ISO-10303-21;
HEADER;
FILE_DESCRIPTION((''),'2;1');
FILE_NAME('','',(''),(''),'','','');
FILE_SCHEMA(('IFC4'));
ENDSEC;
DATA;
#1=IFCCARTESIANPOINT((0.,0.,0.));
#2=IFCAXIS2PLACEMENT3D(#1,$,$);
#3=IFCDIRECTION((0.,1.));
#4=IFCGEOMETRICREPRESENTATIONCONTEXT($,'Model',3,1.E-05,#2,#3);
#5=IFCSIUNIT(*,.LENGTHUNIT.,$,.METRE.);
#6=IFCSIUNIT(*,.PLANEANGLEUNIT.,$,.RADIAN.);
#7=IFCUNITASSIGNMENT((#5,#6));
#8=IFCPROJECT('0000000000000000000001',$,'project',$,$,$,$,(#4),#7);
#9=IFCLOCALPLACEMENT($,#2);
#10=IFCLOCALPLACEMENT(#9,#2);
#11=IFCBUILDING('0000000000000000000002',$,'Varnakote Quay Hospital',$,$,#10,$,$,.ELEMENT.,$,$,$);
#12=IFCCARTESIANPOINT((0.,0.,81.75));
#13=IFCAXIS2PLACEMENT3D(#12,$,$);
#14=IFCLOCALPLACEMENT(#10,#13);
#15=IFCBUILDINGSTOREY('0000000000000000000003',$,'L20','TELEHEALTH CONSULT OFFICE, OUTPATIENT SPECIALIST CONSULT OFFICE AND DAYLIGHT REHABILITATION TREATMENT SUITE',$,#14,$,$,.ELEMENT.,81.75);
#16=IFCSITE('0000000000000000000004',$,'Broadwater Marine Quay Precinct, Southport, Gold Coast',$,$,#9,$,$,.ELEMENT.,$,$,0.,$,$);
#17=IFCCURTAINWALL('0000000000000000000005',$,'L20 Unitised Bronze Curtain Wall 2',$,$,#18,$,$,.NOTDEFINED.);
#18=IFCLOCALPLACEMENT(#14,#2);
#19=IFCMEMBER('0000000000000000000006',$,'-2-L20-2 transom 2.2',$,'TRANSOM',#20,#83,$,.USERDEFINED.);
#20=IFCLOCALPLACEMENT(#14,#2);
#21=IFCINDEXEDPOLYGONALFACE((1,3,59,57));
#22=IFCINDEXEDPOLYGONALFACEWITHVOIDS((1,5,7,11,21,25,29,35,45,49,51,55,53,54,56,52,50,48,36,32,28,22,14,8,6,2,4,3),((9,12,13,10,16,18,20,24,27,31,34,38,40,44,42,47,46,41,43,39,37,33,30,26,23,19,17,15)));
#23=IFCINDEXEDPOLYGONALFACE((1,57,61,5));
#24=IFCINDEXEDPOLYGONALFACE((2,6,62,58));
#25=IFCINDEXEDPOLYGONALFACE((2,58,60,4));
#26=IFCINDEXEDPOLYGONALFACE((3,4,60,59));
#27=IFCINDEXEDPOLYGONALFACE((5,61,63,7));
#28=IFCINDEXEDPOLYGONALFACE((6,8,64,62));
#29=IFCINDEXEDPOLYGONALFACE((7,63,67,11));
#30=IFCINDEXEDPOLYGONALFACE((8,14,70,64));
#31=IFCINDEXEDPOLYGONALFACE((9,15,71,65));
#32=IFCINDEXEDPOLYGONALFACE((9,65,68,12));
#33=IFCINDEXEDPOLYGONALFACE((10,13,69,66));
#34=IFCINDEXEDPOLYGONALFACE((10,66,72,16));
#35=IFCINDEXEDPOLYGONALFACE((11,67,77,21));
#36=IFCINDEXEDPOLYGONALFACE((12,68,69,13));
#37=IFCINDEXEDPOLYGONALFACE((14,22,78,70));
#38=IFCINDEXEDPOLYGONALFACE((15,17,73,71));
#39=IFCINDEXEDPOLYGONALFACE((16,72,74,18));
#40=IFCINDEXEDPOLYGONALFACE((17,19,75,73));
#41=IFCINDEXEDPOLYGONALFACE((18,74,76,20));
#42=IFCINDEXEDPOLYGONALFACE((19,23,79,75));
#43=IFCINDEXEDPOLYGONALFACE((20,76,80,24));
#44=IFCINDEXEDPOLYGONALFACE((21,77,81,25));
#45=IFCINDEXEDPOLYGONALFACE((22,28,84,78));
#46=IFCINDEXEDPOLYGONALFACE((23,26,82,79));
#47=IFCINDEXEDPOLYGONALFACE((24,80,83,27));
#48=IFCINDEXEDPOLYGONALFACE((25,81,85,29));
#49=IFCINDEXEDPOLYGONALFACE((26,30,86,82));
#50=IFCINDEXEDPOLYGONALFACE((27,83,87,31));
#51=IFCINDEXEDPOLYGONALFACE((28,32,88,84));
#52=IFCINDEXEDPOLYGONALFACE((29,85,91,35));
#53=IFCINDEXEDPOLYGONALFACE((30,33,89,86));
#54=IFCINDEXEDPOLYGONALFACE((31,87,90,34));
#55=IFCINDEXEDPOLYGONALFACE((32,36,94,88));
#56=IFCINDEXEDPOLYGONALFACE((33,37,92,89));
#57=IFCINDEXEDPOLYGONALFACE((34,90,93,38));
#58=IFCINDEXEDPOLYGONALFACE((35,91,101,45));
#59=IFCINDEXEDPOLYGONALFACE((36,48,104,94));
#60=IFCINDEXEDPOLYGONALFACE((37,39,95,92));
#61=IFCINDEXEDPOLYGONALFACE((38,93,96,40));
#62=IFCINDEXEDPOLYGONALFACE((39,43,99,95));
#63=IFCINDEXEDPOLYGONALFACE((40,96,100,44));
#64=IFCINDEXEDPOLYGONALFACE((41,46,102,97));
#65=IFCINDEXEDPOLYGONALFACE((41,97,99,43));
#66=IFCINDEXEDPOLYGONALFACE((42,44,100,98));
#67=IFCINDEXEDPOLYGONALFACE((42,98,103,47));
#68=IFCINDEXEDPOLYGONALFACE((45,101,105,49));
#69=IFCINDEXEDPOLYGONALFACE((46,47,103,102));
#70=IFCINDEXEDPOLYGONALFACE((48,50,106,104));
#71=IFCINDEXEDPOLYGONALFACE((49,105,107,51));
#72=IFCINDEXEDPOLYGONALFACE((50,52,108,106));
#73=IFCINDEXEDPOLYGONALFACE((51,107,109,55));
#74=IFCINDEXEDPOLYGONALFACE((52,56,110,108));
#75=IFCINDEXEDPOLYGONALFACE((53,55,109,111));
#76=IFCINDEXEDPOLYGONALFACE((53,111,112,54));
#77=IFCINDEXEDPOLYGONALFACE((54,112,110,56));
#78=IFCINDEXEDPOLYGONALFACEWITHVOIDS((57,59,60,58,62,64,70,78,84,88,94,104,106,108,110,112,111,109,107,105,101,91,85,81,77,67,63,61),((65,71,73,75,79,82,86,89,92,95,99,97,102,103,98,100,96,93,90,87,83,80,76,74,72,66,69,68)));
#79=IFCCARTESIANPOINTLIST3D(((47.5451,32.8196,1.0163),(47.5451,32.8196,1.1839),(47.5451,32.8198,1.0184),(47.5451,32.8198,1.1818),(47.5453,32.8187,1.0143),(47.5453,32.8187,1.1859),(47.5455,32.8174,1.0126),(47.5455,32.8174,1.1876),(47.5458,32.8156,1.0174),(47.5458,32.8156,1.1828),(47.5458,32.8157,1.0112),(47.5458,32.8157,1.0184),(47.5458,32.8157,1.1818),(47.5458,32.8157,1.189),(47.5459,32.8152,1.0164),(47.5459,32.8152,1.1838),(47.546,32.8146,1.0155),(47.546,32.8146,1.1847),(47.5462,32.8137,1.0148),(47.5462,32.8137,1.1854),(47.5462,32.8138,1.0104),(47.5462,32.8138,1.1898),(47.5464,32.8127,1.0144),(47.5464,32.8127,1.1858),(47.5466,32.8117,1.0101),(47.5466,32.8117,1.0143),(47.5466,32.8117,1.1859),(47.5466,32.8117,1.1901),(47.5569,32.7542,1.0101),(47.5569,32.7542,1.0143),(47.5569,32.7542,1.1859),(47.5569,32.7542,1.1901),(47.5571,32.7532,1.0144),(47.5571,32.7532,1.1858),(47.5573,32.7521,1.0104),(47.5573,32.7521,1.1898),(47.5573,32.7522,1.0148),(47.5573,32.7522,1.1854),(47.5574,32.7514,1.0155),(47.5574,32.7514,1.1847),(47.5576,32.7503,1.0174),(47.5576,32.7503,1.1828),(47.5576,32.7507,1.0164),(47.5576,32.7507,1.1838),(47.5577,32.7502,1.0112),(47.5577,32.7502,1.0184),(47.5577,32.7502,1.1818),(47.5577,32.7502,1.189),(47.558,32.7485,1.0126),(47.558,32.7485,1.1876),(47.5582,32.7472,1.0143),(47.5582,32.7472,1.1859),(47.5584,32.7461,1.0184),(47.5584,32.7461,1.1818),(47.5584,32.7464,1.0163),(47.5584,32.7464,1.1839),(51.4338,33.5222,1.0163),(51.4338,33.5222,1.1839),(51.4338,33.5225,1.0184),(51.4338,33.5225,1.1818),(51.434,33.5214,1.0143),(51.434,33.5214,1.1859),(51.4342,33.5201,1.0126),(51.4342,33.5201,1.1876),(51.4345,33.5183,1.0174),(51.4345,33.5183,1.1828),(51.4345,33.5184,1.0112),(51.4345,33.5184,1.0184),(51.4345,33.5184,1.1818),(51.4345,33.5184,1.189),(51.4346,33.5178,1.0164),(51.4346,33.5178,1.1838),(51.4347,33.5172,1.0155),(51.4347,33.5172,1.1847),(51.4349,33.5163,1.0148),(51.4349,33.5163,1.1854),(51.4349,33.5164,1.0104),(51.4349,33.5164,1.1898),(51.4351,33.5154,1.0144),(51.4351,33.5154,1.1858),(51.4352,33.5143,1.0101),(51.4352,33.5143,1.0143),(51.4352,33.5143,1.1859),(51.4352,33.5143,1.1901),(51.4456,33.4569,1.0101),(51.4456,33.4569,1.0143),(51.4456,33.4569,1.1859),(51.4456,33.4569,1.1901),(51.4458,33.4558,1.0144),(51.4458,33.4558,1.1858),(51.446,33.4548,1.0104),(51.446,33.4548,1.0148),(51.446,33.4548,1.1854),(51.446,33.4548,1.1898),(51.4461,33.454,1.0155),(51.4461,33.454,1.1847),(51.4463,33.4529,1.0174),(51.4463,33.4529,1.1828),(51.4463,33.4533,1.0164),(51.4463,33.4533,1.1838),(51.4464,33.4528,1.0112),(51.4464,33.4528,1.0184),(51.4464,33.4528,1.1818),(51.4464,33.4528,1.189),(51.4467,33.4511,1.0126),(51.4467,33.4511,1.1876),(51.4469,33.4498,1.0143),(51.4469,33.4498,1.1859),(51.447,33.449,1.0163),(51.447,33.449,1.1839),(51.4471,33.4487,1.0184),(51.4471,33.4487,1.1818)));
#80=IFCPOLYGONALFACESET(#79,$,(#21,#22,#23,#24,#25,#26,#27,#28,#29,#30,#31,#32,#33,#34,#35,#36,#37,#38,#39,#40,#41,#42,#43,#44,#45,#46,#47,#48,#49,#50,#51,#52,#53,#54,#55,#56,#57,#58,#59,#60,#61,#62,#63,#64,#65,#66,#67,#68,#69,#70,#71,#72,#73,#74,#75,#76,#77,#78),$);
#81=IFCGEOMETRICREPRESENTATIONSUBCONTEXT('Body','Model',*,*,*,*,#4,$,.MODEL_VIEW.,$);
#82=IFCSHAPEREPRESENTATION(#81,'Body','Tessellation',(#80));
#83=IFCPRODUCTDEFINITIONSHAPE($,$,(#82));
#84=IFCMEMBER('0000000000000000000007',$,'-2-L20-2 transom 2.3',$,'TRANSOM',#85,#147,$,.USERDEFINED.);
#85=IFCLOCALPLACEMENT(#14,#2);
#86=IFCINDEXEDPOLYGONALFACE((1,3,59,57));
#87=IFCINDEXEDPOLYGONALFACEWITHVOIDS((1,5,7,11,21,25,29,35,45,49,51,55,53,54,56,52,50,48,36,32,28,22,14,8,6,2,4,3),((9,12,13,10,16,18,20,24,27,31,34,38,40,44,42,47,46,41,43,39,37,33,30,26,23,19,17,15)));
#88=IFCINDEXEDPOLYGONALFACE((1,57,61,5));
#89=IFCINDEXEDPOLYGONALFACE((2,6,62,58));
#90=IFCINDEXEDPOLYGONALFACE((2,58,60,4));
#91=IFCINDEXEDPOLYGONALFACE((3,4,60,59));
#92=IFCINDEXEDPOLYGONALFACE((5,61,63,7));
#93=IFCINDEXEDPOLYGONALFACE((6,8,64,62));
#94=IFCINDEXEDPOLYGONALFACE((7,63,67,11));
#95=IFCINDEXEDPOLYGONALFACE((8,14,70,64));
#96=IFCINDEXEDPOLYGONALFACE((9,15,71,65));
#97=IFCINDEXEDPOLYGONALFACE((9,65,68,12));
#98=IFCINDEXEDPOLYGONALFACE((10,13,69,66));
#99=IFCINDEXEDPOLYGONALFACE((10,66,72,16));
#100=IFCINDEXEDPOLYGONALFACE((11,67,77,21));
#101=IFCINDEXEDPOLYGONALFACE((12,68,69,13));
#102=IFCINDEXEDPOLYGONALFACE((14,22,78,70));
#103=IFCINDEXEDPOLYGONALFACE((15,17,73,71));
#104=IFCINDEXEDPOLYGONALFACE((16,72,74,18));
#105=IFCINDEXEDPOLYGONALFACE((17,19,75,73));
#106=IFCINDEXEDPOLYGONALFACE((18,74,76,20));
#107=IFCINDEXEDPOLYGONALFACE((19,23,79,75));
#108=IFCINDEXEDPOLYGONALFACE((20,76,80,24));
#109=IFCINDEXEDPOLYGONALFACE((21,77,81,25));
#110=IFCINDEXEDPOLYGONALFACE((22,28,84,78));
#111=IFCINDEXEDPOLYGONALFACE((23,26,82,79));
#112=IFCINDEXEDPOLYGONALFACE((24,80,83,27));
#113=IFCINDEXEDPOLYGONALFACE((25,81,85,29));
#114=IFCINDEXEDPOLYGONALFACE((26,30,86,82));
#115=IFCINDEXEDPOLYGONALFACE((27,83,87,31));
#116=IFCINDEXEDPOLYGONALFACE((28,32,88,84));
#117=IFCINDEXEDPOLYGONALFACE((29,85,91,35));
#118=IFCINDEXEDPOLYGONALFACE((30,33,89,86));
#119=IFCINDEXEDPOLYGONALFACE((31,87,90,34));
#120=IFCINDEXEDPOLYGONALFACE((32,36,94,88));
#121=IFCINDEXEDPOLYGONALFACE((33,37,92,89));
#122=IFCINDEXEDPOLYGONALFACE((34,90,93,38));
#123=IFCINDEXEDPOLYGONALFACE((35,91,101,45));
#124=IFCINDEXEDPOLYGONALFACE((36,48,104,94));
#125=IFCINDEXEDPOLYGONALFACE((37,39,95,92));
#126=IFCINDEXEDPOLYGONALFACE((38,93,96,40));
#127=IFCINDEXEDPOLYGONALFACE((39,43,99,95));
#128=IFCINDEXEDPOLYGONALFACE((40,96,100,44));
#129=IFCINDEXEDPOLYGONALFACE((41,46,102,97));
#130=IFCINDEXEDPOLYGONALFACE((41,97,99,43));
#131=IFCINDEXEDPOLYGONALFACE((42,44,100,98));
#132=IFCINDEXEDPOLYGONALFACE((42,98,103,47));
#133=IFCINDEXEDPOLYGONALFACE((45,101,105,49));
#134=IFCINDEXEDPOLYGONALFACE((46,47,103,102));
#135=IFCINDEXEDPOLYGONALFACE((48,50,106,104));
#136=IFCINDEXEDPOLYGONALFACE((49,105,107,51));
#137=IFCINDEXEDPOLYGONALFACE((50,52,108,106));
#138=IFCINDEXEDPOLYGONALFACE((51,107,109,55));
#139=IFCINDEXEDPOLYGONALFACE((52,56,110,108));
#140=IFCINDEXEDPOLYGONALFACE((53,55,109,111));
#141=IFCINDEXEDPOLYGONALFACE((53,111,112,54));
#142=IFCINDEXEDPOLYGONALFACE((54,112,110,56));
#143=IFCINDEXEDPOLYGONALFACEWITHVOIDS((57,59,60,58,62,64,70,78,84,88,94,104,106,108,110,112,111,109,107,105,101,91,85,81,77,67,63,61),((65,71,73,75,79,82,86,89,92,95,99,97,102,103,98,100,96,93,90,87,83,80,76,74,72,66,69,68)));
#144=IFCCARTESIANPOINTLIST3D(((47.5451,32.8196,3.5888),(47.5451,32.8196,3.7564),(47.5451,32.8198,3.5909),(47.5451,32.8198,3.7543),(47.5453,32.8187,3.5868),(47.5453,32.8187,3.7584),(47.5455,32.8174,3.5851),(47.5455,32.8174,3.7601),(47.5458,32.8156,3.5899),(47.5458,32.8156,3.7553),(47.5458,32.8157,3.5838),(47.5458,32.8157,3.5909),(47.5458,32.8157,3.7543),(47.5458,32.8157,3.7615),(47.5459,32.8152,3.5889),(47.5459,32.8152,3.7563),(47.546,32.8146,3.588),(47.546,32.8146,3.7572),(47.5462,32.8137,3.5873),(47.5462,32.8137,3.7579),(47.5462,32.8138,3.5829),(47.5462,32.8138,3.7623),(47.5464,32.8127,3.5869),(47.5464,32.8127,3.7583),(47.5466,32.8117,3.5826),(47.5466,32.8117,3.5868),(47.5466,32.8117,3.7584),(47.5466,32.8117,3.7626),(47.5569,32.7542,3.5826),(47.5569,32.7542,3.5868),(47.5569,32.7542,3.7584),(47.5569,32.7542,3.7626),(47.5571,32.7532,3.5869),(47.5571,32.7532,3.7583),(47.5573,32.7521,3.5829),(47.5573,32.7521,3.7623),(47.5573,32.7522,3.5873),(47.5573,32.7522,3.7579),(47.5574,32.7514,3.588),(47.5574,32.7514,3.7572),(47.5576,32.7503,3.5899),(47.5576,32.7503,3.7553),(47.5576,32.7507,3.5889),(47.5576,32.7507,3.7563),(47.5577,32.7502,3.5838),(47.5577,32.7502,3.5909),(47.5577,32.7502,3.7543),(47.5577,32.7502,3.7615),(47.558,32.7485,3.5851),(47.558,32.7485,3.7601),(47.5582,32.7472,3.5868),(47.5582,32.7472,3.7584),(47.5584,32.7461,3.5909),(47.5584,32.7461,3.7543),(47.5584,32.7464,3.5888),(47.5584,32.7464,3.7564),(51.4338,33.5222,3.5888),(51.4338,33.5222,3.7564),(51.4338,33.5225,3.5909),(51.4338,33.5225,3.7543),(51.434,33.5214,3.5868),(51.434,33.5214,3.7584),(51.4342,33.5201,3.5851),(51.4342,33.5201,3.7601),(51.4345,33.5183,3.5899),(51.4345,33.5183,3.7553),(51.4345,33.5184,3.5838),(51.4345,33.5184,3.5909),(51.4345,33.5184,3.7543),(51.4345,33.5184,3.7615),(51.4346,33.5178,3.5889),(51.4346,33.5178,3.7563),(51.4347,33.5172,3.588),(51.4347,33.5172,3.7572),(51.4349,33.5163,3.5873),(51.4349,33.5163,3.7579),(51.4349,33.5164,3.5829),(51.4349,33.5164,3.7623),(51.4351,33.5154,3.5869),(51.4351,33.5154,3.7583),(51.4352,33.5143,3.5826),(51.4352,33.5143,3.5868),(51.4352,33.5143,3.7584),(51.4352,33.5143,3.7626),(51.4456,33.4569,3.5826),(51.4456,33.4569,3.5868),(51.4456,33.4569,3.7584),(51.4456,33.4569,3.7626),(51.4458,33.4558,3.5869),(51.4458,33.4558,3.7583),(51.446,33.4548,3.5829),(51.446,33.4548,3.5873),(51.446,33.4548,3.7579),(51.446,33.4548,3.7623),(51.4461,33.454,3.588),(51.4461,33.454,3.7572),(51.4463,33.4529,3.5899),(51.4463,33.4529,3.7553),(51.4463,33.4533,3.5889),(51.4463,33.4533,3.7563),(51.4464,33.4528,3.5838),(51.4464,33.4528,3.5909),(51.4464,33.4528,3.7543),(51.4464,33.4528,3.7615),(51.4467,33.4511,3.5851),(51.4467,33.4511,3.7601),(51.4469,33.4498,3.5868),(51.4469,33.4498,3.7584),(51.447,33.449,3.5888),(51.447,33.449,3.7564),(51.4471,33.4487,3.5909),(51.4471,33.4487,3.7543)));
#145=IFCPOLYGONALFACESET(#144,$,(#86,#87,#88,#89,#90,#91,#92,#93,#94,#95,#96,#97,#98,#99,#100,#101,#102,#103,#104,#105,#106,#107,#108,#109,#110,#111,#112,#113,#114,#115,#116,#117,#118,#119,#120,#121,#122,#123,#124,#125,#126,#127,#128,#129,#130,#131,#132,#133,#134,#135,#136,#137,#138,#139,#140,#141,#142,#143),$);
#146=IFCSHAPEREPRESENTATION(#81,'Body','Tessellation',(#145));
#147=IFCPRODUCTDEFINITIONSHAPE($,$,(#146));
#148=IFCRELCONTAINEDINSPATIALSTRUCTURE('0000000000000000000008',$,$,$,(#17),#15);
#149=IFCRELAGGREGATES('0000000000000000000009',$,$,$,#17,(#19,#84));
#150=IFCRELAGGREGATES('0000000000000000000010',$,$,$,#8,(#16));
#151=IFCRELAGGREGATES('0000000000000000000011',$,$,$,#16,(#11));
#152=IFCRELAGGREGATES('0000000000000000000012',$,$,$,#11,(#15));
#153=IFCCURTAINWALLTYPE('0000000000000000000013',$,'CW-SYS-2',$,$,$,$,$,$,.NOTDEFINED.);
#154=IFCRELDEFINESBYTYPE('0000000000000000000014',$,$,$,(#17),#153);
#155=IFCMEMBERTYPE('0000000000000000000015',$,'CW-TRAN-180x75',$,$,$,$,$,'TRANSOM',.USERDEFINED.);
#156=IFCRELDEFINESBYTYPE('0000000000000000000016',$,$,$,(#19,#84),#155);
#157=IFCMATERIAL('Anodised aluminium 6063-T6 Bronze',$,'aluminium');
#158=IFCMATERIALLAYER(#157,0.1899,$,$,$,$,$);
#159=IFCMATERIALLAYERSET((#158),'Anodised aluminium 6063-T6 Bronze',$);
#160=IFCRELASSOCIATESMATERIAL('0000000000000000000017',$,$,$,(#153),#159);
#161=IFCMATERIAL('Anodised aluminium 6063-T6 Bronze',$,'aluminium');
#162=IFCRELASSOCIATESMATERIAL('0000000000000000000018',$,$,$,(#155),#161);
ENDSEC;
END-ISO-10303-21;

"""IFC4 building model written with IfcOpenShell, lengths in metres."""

from ifc_helpers import new_model, si_unit, direction, frame, origin, origin_2d, place, context, subcontext, project, spatial, hollow_rectangle, extrude, material, layer, layer_set, material_profile, profile_set, type_object, element, aggregate, save


model = new_model("IFC4")

# Units and contexts
model_context = context("Model", 3, precision=1e-05, world=origin(), true_north=direction((0.0, 1.0)))
body_context = subcontext(model_context, "Body", "Model", "MODEL_VIEW")
ifc_project = project(units=[si_unit("LENGTHUNIT", "METRE"), si_unit("PLANEANGLEUNIT", "RADIAN")], contexts=[model_context])

# Site, building, storey
site_placement = place(None, origin())
site = spatial("IfcSite", under=ifc_project, at=site_placement, Name="Broadwater Marine Quay Precinct, Southport, Gold Coast", CompositionType="ELEMENT", RefElevation=0.0)
building_placement = place(site_placement, origin())
building = spatial("IfcBuilding", under=site, at=building_placement, Name="Varnakote Quay Hospital", CompositionType="ELEMENT")
storey_placement = place(building_placement, frame((0.0, 0.0, 81.75)))
storey = spatial("IfcBuildingStorey", under=building, at=storey_placement, Name="L20", Description="TELEHEALTH CONSULT OFFICE, OUTPATIENT SPECIALIST CONSULT OFFICE AND DAYLIGHT REHABILITATION TREATMENT SUITE", CompositionType="ELEMENT", Elevation=81.75)

# Curtain wall, members
ifc_material_1 = material(Name="Anodised aluminium 6063-T6 Bronze", Category="aluminium")
ifc_layer_1 = layer(ifc_material_1, 0.1899)
ifc_layer_set_1 = layer_set([ifc_layer_1], Name="Anodised aluminium 6063-T6 Bronze")
curtain_wall_type = type_object("IfcCurtainWallType", Name="CW-SYS-2", PredefinedType="NOTDEFINED", material=ifc_layer_set_1)
curtain_wall_placement = place(storey_placement, origin())
curtain_wall = element("IfcCurtainWall", 1, at=curtain_wall_placement, inside=storey, type_object=curtain_wall_type, Name="L20 Unitised Bronze Curtain Wall 2", PredefinedType="NOTDEFINED")
ifc_material_2 = material(Name="Anodised aluminium 6063-T6 Bronze", Category="aluminium")
ifc_material_profile_1 = material_profile(ifc_material_2, hollow_rectangle(XDim=0.075, YDim=0.1799, WallThickness=0.0042, InnerFilletRadius=0.0042, OuterFilletRadius=0.0083, at=origin_2d()), Name="CW-TRAN-180x75")
ifc_profile_set_1 = profile_set([ifc_material_profile_1], Name="Anodised aluminium 6063-T6 Bronze")
member_type_1 = type_object("IfcMemberType", Name="CW-TRAN-180x75", ElementType="TRANSOM", PredefinedType="USERDEFINED", material=ifc_profile_set_1)
member_1_placement = place(storey_placement, frame((51.4404, 33.4856, 1.1001), z_axis=(-0.984065, -0.177809, 0.0), x_axis=(0.177809, -0.984065, 0.0)))
member_1 = element("IfcMember", 2, at=member_1_placement, type_object=member_type_1, Name="-2-L20-2 transom 2.2", ObjectType="TRANSOM", PredefinedType="USERDEFINED", context=body_context, shape_type="SweptSolid", body=[
    extrude(hollow_rectangle(XDim=0.075, YDim=0.1799, WallThickness=0.0042, InnerFilletRadius=0.0042, OuterFilletRadius=0.0083, at=origin_2d()), origin(), (0.0, 0.0, 1.0), 3.9517),
])
member_2_placement = place(storey_placement, frame((51.4404, 33.4856, 3.6726), z_axis=(-0.984065, -0.177809, 0.0), x_axis=(0.177809, -0.984065, 0.0)))
member_2 = element("IfcMember", 3, at=member_2_placement, type_object=member_type_1, Name="-2-L20-2 transom 2.3", ObjectType="TRANSOM", PredefinedType="USERDEFINED", context=body_context, shape_type="SweptSolid", body=[
    extrude(hollow_rectangle(XDim=0.075, YDim=0.1799, WallThickness=0.0042, InnerFilletRadius=0.0042, OuterFilletRadius=0.0083, at=origin_2d()), origin(), (0.0, 0.0, 1.0), 3.9517),
])
aggregate(curtain_wall, [member_1, member_2])

save(model, "model.ifc")
